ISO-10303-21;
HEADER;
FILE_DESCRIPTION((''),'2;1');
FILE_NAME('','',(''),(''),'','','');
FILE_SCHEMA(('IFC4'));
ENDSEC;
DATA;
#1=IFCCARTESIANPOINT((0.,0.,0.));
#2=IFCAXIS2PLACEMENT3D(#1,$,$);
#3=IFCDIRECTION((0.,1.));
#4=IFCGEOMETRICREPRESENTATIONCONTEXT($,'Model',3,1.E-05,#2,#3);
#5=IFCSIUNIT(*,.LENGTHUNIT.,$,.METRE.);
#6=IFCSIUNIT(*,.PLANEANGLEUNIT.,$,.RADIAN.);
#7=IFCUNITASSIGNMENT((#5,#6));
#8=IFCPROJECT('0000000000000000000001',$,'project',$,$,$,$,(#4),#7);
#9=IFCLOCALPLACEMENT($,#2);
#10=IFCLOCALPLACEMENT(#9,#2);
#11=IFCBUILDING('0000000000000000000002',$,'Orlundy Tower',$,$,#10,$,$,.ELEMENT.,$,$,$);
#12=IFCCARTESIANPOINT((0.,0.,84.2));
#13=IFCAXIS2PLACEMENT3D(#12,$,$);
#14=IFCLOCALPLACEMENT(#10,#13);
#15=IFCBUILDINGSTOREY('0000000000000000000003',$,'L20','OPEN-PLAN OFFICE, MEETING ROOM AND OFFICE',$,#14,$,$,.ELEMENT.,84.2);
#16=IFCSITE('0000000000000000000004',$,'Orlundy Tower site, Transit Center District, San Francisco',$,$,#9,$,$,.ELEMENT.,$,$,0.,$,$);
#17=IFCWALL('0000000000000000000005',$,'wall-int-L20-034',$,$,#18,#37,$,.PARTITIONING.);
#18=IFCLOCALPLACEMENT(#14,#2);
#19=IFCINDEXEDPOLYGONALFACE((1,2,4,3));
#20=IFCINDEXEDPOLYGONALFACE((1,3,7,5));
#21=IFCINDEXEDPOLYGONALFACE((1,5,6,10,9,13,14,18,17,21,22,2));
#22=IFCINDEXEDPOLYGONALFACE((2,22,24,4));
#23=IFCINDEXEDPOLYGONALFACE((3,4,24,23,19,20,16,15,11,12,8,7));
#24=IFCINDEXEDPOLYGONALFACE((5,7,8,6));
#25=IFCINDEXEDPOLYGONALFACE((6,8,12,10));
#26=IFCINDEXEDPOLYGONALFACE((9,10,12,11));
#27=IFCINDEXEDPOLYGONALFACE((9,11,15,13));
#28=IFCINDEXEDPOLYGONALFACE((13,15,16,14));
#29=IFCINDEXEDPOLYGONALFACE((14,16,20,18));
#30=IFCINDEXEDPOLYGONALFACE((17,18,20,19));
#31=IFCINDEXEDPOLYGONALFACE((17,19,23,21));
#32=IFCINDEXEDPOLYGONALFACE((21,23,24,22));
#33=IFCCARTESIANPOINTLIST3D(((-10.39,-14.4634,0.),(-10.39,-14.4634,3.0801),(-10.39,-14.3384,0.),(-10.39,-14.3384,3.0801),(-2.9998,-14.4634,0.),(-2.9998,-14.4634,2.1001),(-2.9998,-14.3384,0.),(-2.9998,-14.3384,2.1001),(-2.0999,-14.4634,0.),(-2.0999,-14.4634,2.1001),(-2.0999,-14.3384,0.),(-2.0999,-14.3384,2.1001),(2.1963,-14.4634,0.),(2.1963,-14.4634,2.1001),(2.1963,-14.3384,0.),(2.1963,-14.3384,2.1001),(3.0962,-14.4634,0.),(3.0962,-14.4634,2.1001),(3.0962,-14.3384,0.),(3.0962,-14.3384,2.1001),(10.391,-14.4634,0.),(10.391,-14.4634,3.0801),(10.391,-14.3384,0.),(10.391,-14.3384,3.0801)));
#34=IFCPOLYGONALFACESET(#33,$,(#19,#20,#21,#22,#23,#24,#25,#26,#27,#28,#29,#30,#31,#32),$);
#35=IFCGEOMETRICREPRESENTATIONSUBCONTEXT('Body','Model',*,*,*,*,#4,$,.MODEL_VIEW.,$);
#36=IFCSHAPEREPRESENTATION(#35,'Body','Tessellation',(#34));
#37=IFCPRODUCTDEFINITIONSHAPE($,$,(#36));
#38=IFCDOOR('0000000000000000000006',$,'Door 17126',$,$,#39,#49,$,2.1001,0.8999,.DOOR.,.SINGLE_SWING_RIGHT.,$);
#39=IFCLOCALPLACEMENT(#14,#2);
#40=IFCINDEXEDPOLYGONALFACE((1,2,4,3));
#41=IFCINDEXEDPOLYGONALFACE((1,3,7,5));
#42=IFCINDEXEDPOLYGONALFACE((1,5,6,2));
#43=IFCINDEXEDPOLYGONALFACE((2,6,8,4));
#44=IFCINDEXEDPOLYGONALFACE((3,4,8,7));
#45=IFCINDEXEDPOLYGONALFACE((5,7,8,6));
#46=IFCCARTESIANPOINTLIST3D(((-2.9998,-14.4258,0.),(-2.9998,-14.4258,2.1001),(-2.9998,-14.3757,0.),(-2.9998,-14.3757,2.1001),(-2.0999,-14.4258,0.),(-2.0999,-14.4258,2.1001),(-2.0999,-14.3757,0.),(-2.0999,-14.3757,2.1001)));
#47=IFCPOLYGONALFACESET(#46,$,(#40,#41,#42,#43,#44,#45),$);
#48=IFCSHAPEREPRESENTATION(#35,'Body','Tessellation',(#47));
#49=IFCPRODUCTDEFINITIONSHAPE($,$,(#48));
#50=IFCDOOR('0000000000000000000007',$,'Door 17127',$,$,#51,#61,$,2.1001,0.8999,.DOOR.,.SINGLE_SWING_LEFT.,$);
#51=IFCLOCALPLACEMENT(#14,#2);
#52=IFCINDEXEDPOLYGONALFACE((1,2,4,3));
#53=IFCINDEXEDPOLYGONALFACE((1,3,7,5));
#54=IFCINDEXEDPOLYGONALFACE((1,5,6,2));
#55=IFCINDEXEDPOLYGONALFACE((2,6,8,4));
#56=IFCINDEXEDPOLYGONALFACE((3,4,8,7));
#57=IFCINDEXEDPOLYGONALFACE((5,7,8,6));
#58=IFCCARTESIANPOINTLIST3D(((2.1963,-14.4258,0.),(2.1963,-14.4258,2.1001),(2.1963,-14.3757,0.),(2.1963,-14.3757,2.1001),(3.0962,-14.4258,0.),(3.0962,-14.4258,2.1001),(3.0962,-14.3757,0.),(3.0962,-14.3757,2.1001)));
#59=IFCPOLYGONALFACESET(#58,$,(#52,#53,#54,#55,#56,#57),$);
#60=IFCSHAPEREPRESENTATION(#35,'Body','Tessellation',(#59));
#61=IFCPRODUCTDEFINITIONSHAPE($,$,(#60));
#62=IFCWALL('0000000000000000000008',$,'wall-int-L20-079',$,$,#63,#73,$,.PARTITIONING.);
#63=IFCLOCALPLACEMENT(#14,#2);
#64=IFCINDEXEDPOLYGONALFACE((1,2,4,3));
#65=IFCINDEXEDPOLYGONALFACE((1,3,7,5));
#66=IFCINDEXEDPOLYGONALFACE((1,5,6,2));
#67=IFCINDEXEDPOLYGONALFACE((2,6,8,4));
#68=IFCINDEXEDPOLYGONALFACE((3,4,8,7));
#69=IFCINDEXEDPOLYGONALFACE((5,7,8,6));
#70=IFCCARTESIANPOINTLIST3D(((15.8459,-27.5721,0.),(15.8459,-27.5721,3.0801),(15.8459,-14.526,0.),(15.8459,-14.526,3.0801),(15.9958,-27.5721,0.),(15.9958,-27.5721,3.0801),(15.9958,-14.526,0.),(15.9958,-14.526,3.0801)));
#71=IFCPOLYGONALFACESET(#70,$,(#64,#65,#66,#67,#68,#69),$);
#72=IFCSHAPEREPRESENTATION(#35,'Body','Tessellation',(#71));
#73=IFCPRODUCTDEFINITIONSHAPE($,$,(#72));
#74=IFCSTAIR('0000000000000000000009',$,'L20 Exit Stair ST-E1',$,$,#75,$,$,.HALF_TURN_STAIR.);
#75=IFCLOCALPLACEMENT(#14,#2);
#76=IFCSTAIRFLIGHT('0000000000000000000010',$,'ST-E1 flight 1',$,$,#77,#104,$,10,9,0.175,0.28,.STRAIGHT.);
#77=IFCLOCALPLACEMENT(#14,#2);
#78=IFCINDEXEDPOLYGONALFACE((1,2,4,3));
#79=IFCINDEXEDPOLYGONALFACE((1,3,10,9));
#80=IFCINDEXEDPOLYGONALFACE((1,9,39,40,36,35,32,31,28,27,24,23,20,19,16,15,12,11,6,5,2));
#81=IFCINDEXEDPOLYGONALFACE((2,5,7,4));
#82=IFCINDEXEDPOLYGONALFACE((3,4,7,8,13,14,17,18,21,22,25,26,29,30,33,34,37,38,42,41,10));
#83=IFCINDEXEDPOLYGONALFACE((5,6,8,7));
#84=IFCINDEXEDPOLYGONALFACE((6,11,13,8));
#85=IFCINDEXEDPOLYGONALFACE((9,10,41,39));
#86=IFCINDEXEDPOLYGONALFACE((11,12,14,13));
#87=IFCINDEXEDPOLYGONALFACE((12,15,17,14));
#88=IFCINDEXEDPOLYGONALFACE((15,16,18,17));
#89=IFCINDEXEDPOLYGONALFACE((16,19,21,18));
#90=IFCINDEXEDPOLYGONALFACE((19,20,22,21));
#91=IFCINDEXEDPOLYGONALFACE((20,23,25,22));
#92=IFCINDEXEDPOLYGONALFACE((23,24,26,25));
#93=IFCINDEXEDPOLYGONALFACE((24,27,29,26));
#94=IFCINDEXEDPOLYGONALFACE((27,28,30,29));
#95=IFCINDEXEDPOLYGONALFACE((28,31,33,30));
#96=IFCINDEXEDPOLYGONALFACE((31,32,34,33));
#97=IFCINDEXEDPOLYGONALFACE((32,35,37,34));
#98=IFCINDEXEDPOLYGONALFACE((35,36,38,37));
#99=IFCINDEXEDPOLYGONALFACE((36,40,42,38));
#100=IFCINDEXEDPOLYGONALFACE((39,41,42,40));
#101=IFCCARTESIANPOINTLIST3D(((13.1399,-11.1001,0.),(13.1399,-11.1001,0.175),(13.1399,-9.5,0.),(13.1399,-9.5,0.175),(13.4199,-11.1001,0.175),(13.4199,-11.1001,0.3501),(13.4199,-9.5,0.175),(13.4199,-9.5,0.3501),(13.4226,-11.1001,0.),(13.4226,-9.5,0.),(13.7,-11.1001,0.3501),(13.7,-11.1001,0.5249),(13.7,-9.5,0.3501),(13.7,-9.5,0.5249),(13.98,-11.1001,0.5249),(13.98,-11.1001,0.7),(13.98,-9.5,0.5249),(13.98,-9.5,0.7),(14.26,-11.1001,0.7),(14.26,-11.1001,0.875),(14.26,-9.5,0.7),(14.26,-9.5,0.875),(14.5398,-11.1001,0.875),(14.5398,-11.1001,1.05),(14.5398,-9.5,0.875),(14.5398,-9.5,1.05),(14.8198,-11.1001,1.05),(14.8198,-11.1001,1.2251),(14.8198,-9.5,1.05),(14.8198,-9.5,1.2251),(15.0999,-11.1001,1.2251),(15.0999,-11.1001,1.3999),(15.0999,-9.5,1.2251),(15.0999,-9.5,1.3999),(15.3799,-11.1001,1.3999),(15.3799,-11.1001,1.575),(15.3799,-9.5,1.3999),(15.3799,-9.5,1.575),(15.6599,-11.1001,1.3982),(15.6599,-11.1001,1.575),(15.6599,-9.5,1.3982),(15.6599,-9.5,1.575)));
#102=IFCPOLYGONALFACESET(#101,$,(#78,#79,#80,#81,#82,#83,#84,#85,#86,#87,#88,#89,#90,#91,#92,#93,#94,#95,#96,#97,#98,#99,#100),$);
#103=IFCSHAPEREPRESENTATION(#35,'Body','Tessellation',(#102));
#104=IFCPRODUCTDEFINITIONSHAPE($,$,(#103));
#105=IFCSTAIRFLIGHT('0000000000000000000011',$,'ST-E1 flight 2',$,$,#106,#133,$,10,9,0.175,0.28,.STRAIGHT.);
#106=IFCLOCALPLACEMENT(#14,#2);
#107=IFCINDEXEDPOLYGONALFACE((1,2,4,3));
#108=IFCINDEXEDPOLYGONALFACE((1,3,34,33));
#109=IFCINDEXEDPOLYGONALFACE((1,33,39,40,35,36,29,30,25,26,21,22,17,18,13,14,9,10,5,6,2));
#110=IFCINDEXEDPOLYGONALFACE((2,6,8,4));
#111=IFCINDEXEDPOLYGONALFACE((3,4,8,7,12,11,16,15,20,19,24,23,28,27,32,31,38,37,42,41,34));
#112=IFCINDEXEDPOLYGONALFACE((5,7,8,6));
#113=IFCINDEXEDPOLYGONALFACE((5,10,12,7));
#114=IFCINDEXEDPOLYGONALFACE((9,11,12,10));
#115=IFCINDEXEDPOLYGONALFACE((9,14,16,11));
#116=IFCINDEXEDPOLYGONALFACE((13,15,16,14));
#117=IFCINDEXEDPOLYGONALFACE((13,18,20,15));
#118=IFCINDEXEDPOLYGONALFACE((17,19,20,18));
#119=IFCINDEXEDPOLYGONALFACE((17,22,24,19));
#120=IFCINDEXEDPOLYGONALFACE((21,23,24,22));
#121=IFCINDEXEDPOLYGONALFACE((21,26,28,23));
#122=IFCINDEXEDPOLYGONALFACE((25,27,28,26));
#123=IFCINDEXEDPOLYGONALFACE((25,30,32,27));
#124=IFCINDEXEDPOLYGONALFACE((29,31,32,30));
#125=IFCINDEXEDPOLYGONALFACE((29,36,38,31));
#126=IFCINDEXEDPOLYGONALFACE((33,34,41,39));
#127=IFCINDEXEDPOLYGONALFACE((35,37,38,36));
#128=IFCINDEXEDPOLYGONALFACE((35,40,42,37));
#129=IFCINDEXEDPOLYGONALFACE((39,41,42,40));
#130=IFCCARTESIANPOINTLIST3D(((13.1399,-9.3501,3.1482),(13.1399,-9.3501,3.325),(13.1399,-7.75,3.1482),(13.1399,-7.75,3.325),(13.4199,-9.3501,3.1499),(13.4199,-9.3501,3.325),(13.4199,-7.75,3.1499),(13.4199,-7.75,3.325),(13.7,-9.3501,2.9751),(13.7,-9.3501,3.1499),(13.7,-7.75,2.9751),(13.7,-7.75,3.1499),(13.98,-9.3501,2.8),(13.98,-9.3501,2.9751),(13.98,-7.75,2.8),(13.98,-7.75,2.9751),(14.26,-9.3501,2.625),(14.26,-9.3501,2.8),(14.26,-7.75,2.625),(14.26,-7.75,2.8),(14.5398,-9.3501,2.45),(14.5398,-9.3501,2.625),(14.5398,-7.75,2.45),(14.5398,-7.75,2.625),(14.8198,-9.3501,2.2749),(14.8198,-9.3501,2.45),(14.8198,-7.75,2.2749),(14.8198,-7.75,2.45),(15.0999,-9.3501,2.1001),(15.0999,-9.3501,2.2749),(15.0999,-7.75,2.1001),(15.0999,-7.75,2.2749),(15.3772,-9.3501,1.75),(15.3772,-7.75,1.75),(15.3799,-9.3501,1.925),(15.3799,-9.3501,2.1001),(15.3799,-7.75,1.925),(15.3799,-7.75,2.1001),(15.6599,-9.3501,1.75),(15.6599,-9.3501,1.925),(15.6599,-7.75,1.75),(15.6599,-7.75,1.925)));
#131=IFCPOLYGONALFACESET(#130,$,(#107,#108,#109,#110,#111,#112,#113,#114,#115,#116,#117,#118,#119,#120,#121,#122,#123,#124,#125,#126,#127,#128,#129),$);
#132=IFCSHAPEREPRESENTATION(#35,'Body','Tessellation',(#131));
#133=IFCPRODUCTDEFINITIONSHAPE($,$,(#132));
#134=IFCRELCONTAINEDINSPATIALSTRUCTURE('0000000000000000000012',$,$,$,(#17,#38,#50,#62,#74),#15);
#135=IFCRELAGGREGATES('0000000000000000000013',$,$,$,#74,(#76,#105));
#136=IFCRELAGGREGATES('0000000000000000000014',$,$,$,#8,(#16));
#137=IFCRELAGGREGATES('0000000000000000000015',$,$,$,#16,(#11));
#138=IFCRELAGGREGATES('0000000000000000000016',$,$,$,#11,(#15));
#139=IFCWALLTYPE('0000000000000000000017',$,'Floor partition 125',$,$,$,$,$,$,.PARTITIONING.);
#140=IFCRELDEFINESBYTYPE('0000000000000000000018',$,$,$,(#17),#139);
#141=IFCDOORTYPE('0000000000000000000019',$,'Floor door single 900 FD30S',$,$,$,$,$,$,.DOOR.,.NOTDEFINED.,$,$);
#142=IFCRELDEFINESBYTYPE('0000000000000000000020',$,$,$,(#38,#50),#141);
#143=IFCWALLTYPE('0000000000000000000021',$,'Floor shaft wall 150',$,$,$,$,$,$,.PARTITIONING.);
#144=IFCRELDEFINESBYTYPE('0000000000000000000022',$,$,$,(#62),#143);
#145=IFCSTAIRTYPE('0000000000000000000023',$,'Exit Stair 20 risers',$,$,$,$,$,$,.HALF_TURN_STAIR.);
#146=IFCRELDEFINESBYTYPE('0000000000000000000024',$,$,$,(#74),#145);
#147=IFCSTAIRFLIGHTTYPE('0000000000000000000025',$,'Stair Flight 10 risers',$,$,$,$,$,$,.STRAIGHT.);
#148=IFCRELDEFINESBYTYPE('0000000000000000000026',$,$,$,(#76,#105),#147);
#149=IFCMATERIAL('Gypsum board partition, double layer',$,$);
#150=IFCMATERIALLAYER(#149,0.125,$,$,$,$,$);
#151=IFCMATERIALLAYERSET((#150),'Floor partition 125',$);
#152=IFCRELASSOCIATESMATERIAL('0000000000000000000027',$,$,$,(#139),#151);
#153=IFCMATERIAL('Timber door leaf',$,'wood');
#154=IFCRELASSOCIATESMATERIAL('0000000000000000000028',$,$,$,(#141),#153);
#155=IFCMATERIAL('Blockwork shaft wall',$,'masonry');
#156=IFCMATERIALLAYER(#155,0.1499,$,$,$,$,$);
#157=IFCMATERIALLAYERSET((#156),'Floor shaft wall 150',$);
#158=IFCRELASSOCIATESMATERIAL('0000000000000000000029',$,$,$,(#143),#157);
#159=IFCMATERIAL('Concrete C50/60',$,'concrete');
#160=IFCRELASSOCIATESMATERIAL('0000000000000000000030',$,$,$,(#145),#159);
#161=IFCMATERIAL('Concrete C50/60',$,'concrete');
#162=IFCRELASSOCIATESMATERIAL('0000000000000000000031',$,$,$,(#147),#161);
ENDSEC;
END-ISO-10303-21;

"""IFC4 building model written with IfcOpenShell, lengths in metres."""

from ifc_helpers import new_model, si_unit, direction, frame, frame_2d, origin, place, context, subcontext, project, spatial, polyline, rectangle, outline, extrude, material, layer, layer_set, type_object, element, fill, aggregate, save


model = new_model("IFC4")

# Units and contexts
model_context = context("Model", 3, precision=1e-05, world=origin(), true_north=direction((0.0, 1.0)))
body_context = subcontext(model_context, "Body", "Model", "MODEL_VIEW")
ifc_project = project(units=[si_unit("LENGTHUNIT", "METRE"), si_unit("PLANEANGLEUNIT", "RADIAN")], contexts=[model_context])

# Site, building, storey
site_placement = place(None, origin())
site = spatial("IfcSite", under=ifc_project, at=site_placement, Name="Orlundy Tower site, Transit Center District, San Francisco", CompositionType="ELEMENT", RefElevation=0.0)
building_placement = place(site_placement, origin())
building = spatial("IfcBuilding", under=site, at=building_placement, Name="Orlundy Tower", CompositionType="ELEMENT")
storey_placement = place(building_placement, frame((0.0, 0.0, 84.2)))
storey = spatial("IfcBuildingStorey", under=building, at=storey_placement, Name="L20", Description="OPEN-PLAN OFFICE, MEETING ROOM AND OFFICE", CompositionType="ELEMENT", Elevation=84.2)

# Wall, openings, doors
ifc_material_1 = material(Name="Gypsum board partition, double layer")
ifc_layer_1 = layer(ifc_material_1, 0.125)
ifc_layer_set_1 = layer_set([ifc_layer_1], Name="Floor partition 125")
wall_type_1 = type_object("IfcWallType", Name="Floor partition 125", PredefinedType="PARTITIONING", material=ifc_layer_set_1)
wall_1_placement = place(storey_placement, frame((10.3911, -14.4009, 0.0), z_axis=(0.0, 0.0, 1.0), x_axis=(-1.0, 0.0, 0.0)))
wall_1 = element("IfcWall", 1, at=wall_1_placement, inside=storey, type_object=wall_type_1, Name="wall-int-L20-034", PredefinedType="PARTITIONING", context=body_context, shape_type="SweptSolid", body=[
    extrude(rectangle(XDim=20.781, YDim=0.125, at=frame_2d((10.3906, 0.0))), origin(), (0.0, 0.0, 1.0), 3.0801),
])
opening_1_placement = place(wall_1_placement, frame((12.491, 0.0, 0.0)))
opening_1 = element("IfcOpeningElement", 2, at=opening_1_placement, cuts=wall_1, PredefinedType="OPENING", context=body_context, shape_type="SweptSolid", body=[
    extrude(rectangle(XDim=0.8999, YDim=2.1001, at=frame_2d((0.45, 1.05))), frame((0.0, 0.0725, 0.0), z_axis=(0.0, -1.0, 0.0), x_axis=(1.0, 0.0, 0.0)), (0.0, 0.0, 1.0), 0.145),
])
opening_2_placement = place(wall_1_placement, frame((7.2949, 0.0, 0.0)))
opening_2 = element("IfcOpeningElement", 3, at=opening_2_placement, cuts=wall_1, PredefinedType="OPENING", context=body_context, shape_type="SweptSolid", body=[
    extrude(rectangle(XDim=0.8999, YDim=2.1001, at=frame_2d((0.45, 1.05))), frame((0.0, 0.0725, 0.0), z_axis=(0.0, -1.0, 0.0), x_axis=(1.0, 0.0, 0.0)), (0.0, 0.0, 1.0), 0.145),
])
ifc_material_2 = material(Name="Timber door leaf", Category="wood")
door_type_1 = type_object("IfcDoorType", Name="Floor door single 900 FD30S", OperationType="NOTDEFINED", PredefinedType="DOOR", material=ifc_material_2)
door_1_placement = place(opening_1_placement, origin())
door_1 = element("IfcDoor", 4, at=door_1_placement, inside=storey, type_object=door_type_1, Name="Door 17126", OperationType="SINGLE_SWING_RIGHT", OverallHeight=2.1001, OverallWidth=0.8999, PredefinedType="DOOR", context=body_context, shape_type="SweptSolid", body=[
    extrude(rectangle(XDim=0.8999, YDim=2.1001, at=frame_2d((0.45, 1.05))), frame((0.0, 0.0249, 0.0), z_axis=(0.0, -1.0, 0.0), x_axis=(1.0, 0.0, 0.0)), (0.0, 0.0, 1.0), 0.05),
])
fill(opening_1, door_1)
door_2_placement = place(opening_2_placement, origin())
door_2 = element("IfcDoor", 5, at=door_2_placement, inside=storey, type_object=door_type_1, Name="Door 17127", OperationType="SINGLE_SWING_LEFT", OverallHeight=2.1001, OverallWidth=0.8999, PredefinedType="DOOR", context=body_context, shape_type="SweptSolid", body=[
    extrude(rectangle(XDim=0.8999, YDim=2.1001, at=frame_2d((0.45, 1.05))), frame((0.0, 0.0249, 0.0), z_axis=(0.0, -1.0, 0.0), x_axis=(1.0, 0.0, 0.0)), (0.0, 0.0, 1.0), 0.05),
])
fill(opening_2, door_2)

# Wall
ifc_material_3 = material(Name="Blockwork shaft wall", Category="masonry")
ifc_layer_2 = layer(ifc_material_3, 0.1499)
ifc_layer_set_2 = layer_set([ifc_layer_2], Name="Floor shaft wall 150")
wall_type_2 = type_object("IfcWallType", Name="Floor shaft wall 150", PredefinedType="PARTITIONING", material=ifc_layer_set_2)
wall_2_placement = place(storey_placement, frame((15.9209, -27.572, 0.0), z_axis=(0.0, 0.0, 1.0), x_axis=(0.0, 1.0, 0.0)))
element("IfcWall", 6, at=wall_2_placement, inside=storey, type_object=wall_type_2, Name="wall-int-L20-079", PredefinedType="PARTITIONING", context=body_context, shape_type="SweptSolid", body=[
    extrude(rectangle(XDim=13.0461, YDim=0.1499, at=frame_2d((6.5229, 0.0))), origin(), (0.0, 0.0, 1.0), 3.0801),
])

# Stair, stair flights
ifc_material_4 = material(Name="Concrete C50/60", Category="concrete")
stair_type = type_object("IfcStairType", Name="Exit Stair 20 risers", PredefinedType="HALF_TURN_STAIR", material=ifc_material_4)
stair_placement = place(storey_placement, origin())
stair = element("IfcStair", 7, at=stair_placement, inside=storey, type_object=stair_type, Name="L20 Exit Stair ST-E1", PredefinedType="HALF_TURN_STAIR")
ifc_material_5 = material(Name="Concrete C50/60", Category="concrete")
stair_flight_type = type_object("IfcStairFlightType", Name="Stair Flight 10 risers", PredefinedType="STRAIGHT", material=ifc_material_5)
stair_flight_1_placement = place(storey_placement, frame((13.1399, -10.3, 0.0), z_axis=(0.0, 0.0, 1.0), x_axis=(1.0, 0.0, 0.0)))
stair_flight_1 = element("IfcStairFlight", 8, at=stair_flight_1_placement, type_object=stair_flight_type, Name="ST-E1 flight 1", NumberOfRisers=10, NumberOfTreads=9, PredefinedType="STRAIGHT", RiserHeight=0.175, TreadLength=0.28, context=body_context, shape_type="SweptSolid", body=[
    extrude(outline(polyline([(0.0, 0.0), (0.0, 0.175), (0.28, 0.175), (0.28, 0.3501), (0.5601, 0.3501), (0.5601, 0.5249), (0.8401, 0.5249), (0.8401, 0.7), (1.1201, 0.7), (1.1201, 0.875), (1.3999, 0.875), (1.3999, 1.05), (1.6799, 1.05), (1.6799, 1.2251), (1.96, 1.2251), (1.96, 1.3999), (2.24, 1.3999), (2.24, 1.575), (2.52, 1.575), (2.52, 1.75), (2.52, 1.3982), (0.2827, 0.0), (0.0, 0.0)])), frame((0.0, 0.8, 0.0), z_axis=(0.0, -1.0, 0.0), x_axis=(1.0, 0.0, 0.0)), (0.0, 0.0, 1.0), 1.6001),
])
stair_flight_2_placement = place(storey_placement, frame((15.6599, -8.55, 1.75), z_axis=(0.0, 0.0, 1.0), x_axis=(-1.0, 0.0, 0.0)))
stair_flight_2 = element("IfcStairFlight", 9, at=stair_flight_2_placement, type_object=stair_flight_type, Name="ST-E1 flight 2", NumberOfRisers=10, NumberOfTreads=9, PredefinedType="STRAIGHT", RiserHeight=0.175, TreadLength=0.28, context=body_context, shape_type="SweptSolid", body=[
    extrude(outline(polyline([(0.0, 0.0), (0.0, 0.175), (0.28, 0.175), (0.28, 0.3501), (0.5601, 0.3501), (0.5601, 0.5249), (0.8401, 0.5249), (0.8401, 0.7), (1.1201, 0.7), (1.1201, 0.875), (1.3999, 0.875), (1.3999, 1.05), (1.6799, 1.05), (1.6799, 1.2251), (1.96, 1.2251), (1.96, 1.3999), (2.24, 1.3999), (2.24, 1.575), (2.52, 1.575), (2.52, 1.75), (2.52, 1.3982), (0.2827, 0.0), (0.0, 0.0)])), frame((0.0, 0.8, 0.0), z_axis=(0.0, -1.0, 0.0), x_axis=(1.0, 0.0, 0.0)), (0.0, 0.0, 1.0), 1.6001),
])
aggregate(stair, [stair_flight_1, stair_flight_2])

save(model, "model.ifc")
